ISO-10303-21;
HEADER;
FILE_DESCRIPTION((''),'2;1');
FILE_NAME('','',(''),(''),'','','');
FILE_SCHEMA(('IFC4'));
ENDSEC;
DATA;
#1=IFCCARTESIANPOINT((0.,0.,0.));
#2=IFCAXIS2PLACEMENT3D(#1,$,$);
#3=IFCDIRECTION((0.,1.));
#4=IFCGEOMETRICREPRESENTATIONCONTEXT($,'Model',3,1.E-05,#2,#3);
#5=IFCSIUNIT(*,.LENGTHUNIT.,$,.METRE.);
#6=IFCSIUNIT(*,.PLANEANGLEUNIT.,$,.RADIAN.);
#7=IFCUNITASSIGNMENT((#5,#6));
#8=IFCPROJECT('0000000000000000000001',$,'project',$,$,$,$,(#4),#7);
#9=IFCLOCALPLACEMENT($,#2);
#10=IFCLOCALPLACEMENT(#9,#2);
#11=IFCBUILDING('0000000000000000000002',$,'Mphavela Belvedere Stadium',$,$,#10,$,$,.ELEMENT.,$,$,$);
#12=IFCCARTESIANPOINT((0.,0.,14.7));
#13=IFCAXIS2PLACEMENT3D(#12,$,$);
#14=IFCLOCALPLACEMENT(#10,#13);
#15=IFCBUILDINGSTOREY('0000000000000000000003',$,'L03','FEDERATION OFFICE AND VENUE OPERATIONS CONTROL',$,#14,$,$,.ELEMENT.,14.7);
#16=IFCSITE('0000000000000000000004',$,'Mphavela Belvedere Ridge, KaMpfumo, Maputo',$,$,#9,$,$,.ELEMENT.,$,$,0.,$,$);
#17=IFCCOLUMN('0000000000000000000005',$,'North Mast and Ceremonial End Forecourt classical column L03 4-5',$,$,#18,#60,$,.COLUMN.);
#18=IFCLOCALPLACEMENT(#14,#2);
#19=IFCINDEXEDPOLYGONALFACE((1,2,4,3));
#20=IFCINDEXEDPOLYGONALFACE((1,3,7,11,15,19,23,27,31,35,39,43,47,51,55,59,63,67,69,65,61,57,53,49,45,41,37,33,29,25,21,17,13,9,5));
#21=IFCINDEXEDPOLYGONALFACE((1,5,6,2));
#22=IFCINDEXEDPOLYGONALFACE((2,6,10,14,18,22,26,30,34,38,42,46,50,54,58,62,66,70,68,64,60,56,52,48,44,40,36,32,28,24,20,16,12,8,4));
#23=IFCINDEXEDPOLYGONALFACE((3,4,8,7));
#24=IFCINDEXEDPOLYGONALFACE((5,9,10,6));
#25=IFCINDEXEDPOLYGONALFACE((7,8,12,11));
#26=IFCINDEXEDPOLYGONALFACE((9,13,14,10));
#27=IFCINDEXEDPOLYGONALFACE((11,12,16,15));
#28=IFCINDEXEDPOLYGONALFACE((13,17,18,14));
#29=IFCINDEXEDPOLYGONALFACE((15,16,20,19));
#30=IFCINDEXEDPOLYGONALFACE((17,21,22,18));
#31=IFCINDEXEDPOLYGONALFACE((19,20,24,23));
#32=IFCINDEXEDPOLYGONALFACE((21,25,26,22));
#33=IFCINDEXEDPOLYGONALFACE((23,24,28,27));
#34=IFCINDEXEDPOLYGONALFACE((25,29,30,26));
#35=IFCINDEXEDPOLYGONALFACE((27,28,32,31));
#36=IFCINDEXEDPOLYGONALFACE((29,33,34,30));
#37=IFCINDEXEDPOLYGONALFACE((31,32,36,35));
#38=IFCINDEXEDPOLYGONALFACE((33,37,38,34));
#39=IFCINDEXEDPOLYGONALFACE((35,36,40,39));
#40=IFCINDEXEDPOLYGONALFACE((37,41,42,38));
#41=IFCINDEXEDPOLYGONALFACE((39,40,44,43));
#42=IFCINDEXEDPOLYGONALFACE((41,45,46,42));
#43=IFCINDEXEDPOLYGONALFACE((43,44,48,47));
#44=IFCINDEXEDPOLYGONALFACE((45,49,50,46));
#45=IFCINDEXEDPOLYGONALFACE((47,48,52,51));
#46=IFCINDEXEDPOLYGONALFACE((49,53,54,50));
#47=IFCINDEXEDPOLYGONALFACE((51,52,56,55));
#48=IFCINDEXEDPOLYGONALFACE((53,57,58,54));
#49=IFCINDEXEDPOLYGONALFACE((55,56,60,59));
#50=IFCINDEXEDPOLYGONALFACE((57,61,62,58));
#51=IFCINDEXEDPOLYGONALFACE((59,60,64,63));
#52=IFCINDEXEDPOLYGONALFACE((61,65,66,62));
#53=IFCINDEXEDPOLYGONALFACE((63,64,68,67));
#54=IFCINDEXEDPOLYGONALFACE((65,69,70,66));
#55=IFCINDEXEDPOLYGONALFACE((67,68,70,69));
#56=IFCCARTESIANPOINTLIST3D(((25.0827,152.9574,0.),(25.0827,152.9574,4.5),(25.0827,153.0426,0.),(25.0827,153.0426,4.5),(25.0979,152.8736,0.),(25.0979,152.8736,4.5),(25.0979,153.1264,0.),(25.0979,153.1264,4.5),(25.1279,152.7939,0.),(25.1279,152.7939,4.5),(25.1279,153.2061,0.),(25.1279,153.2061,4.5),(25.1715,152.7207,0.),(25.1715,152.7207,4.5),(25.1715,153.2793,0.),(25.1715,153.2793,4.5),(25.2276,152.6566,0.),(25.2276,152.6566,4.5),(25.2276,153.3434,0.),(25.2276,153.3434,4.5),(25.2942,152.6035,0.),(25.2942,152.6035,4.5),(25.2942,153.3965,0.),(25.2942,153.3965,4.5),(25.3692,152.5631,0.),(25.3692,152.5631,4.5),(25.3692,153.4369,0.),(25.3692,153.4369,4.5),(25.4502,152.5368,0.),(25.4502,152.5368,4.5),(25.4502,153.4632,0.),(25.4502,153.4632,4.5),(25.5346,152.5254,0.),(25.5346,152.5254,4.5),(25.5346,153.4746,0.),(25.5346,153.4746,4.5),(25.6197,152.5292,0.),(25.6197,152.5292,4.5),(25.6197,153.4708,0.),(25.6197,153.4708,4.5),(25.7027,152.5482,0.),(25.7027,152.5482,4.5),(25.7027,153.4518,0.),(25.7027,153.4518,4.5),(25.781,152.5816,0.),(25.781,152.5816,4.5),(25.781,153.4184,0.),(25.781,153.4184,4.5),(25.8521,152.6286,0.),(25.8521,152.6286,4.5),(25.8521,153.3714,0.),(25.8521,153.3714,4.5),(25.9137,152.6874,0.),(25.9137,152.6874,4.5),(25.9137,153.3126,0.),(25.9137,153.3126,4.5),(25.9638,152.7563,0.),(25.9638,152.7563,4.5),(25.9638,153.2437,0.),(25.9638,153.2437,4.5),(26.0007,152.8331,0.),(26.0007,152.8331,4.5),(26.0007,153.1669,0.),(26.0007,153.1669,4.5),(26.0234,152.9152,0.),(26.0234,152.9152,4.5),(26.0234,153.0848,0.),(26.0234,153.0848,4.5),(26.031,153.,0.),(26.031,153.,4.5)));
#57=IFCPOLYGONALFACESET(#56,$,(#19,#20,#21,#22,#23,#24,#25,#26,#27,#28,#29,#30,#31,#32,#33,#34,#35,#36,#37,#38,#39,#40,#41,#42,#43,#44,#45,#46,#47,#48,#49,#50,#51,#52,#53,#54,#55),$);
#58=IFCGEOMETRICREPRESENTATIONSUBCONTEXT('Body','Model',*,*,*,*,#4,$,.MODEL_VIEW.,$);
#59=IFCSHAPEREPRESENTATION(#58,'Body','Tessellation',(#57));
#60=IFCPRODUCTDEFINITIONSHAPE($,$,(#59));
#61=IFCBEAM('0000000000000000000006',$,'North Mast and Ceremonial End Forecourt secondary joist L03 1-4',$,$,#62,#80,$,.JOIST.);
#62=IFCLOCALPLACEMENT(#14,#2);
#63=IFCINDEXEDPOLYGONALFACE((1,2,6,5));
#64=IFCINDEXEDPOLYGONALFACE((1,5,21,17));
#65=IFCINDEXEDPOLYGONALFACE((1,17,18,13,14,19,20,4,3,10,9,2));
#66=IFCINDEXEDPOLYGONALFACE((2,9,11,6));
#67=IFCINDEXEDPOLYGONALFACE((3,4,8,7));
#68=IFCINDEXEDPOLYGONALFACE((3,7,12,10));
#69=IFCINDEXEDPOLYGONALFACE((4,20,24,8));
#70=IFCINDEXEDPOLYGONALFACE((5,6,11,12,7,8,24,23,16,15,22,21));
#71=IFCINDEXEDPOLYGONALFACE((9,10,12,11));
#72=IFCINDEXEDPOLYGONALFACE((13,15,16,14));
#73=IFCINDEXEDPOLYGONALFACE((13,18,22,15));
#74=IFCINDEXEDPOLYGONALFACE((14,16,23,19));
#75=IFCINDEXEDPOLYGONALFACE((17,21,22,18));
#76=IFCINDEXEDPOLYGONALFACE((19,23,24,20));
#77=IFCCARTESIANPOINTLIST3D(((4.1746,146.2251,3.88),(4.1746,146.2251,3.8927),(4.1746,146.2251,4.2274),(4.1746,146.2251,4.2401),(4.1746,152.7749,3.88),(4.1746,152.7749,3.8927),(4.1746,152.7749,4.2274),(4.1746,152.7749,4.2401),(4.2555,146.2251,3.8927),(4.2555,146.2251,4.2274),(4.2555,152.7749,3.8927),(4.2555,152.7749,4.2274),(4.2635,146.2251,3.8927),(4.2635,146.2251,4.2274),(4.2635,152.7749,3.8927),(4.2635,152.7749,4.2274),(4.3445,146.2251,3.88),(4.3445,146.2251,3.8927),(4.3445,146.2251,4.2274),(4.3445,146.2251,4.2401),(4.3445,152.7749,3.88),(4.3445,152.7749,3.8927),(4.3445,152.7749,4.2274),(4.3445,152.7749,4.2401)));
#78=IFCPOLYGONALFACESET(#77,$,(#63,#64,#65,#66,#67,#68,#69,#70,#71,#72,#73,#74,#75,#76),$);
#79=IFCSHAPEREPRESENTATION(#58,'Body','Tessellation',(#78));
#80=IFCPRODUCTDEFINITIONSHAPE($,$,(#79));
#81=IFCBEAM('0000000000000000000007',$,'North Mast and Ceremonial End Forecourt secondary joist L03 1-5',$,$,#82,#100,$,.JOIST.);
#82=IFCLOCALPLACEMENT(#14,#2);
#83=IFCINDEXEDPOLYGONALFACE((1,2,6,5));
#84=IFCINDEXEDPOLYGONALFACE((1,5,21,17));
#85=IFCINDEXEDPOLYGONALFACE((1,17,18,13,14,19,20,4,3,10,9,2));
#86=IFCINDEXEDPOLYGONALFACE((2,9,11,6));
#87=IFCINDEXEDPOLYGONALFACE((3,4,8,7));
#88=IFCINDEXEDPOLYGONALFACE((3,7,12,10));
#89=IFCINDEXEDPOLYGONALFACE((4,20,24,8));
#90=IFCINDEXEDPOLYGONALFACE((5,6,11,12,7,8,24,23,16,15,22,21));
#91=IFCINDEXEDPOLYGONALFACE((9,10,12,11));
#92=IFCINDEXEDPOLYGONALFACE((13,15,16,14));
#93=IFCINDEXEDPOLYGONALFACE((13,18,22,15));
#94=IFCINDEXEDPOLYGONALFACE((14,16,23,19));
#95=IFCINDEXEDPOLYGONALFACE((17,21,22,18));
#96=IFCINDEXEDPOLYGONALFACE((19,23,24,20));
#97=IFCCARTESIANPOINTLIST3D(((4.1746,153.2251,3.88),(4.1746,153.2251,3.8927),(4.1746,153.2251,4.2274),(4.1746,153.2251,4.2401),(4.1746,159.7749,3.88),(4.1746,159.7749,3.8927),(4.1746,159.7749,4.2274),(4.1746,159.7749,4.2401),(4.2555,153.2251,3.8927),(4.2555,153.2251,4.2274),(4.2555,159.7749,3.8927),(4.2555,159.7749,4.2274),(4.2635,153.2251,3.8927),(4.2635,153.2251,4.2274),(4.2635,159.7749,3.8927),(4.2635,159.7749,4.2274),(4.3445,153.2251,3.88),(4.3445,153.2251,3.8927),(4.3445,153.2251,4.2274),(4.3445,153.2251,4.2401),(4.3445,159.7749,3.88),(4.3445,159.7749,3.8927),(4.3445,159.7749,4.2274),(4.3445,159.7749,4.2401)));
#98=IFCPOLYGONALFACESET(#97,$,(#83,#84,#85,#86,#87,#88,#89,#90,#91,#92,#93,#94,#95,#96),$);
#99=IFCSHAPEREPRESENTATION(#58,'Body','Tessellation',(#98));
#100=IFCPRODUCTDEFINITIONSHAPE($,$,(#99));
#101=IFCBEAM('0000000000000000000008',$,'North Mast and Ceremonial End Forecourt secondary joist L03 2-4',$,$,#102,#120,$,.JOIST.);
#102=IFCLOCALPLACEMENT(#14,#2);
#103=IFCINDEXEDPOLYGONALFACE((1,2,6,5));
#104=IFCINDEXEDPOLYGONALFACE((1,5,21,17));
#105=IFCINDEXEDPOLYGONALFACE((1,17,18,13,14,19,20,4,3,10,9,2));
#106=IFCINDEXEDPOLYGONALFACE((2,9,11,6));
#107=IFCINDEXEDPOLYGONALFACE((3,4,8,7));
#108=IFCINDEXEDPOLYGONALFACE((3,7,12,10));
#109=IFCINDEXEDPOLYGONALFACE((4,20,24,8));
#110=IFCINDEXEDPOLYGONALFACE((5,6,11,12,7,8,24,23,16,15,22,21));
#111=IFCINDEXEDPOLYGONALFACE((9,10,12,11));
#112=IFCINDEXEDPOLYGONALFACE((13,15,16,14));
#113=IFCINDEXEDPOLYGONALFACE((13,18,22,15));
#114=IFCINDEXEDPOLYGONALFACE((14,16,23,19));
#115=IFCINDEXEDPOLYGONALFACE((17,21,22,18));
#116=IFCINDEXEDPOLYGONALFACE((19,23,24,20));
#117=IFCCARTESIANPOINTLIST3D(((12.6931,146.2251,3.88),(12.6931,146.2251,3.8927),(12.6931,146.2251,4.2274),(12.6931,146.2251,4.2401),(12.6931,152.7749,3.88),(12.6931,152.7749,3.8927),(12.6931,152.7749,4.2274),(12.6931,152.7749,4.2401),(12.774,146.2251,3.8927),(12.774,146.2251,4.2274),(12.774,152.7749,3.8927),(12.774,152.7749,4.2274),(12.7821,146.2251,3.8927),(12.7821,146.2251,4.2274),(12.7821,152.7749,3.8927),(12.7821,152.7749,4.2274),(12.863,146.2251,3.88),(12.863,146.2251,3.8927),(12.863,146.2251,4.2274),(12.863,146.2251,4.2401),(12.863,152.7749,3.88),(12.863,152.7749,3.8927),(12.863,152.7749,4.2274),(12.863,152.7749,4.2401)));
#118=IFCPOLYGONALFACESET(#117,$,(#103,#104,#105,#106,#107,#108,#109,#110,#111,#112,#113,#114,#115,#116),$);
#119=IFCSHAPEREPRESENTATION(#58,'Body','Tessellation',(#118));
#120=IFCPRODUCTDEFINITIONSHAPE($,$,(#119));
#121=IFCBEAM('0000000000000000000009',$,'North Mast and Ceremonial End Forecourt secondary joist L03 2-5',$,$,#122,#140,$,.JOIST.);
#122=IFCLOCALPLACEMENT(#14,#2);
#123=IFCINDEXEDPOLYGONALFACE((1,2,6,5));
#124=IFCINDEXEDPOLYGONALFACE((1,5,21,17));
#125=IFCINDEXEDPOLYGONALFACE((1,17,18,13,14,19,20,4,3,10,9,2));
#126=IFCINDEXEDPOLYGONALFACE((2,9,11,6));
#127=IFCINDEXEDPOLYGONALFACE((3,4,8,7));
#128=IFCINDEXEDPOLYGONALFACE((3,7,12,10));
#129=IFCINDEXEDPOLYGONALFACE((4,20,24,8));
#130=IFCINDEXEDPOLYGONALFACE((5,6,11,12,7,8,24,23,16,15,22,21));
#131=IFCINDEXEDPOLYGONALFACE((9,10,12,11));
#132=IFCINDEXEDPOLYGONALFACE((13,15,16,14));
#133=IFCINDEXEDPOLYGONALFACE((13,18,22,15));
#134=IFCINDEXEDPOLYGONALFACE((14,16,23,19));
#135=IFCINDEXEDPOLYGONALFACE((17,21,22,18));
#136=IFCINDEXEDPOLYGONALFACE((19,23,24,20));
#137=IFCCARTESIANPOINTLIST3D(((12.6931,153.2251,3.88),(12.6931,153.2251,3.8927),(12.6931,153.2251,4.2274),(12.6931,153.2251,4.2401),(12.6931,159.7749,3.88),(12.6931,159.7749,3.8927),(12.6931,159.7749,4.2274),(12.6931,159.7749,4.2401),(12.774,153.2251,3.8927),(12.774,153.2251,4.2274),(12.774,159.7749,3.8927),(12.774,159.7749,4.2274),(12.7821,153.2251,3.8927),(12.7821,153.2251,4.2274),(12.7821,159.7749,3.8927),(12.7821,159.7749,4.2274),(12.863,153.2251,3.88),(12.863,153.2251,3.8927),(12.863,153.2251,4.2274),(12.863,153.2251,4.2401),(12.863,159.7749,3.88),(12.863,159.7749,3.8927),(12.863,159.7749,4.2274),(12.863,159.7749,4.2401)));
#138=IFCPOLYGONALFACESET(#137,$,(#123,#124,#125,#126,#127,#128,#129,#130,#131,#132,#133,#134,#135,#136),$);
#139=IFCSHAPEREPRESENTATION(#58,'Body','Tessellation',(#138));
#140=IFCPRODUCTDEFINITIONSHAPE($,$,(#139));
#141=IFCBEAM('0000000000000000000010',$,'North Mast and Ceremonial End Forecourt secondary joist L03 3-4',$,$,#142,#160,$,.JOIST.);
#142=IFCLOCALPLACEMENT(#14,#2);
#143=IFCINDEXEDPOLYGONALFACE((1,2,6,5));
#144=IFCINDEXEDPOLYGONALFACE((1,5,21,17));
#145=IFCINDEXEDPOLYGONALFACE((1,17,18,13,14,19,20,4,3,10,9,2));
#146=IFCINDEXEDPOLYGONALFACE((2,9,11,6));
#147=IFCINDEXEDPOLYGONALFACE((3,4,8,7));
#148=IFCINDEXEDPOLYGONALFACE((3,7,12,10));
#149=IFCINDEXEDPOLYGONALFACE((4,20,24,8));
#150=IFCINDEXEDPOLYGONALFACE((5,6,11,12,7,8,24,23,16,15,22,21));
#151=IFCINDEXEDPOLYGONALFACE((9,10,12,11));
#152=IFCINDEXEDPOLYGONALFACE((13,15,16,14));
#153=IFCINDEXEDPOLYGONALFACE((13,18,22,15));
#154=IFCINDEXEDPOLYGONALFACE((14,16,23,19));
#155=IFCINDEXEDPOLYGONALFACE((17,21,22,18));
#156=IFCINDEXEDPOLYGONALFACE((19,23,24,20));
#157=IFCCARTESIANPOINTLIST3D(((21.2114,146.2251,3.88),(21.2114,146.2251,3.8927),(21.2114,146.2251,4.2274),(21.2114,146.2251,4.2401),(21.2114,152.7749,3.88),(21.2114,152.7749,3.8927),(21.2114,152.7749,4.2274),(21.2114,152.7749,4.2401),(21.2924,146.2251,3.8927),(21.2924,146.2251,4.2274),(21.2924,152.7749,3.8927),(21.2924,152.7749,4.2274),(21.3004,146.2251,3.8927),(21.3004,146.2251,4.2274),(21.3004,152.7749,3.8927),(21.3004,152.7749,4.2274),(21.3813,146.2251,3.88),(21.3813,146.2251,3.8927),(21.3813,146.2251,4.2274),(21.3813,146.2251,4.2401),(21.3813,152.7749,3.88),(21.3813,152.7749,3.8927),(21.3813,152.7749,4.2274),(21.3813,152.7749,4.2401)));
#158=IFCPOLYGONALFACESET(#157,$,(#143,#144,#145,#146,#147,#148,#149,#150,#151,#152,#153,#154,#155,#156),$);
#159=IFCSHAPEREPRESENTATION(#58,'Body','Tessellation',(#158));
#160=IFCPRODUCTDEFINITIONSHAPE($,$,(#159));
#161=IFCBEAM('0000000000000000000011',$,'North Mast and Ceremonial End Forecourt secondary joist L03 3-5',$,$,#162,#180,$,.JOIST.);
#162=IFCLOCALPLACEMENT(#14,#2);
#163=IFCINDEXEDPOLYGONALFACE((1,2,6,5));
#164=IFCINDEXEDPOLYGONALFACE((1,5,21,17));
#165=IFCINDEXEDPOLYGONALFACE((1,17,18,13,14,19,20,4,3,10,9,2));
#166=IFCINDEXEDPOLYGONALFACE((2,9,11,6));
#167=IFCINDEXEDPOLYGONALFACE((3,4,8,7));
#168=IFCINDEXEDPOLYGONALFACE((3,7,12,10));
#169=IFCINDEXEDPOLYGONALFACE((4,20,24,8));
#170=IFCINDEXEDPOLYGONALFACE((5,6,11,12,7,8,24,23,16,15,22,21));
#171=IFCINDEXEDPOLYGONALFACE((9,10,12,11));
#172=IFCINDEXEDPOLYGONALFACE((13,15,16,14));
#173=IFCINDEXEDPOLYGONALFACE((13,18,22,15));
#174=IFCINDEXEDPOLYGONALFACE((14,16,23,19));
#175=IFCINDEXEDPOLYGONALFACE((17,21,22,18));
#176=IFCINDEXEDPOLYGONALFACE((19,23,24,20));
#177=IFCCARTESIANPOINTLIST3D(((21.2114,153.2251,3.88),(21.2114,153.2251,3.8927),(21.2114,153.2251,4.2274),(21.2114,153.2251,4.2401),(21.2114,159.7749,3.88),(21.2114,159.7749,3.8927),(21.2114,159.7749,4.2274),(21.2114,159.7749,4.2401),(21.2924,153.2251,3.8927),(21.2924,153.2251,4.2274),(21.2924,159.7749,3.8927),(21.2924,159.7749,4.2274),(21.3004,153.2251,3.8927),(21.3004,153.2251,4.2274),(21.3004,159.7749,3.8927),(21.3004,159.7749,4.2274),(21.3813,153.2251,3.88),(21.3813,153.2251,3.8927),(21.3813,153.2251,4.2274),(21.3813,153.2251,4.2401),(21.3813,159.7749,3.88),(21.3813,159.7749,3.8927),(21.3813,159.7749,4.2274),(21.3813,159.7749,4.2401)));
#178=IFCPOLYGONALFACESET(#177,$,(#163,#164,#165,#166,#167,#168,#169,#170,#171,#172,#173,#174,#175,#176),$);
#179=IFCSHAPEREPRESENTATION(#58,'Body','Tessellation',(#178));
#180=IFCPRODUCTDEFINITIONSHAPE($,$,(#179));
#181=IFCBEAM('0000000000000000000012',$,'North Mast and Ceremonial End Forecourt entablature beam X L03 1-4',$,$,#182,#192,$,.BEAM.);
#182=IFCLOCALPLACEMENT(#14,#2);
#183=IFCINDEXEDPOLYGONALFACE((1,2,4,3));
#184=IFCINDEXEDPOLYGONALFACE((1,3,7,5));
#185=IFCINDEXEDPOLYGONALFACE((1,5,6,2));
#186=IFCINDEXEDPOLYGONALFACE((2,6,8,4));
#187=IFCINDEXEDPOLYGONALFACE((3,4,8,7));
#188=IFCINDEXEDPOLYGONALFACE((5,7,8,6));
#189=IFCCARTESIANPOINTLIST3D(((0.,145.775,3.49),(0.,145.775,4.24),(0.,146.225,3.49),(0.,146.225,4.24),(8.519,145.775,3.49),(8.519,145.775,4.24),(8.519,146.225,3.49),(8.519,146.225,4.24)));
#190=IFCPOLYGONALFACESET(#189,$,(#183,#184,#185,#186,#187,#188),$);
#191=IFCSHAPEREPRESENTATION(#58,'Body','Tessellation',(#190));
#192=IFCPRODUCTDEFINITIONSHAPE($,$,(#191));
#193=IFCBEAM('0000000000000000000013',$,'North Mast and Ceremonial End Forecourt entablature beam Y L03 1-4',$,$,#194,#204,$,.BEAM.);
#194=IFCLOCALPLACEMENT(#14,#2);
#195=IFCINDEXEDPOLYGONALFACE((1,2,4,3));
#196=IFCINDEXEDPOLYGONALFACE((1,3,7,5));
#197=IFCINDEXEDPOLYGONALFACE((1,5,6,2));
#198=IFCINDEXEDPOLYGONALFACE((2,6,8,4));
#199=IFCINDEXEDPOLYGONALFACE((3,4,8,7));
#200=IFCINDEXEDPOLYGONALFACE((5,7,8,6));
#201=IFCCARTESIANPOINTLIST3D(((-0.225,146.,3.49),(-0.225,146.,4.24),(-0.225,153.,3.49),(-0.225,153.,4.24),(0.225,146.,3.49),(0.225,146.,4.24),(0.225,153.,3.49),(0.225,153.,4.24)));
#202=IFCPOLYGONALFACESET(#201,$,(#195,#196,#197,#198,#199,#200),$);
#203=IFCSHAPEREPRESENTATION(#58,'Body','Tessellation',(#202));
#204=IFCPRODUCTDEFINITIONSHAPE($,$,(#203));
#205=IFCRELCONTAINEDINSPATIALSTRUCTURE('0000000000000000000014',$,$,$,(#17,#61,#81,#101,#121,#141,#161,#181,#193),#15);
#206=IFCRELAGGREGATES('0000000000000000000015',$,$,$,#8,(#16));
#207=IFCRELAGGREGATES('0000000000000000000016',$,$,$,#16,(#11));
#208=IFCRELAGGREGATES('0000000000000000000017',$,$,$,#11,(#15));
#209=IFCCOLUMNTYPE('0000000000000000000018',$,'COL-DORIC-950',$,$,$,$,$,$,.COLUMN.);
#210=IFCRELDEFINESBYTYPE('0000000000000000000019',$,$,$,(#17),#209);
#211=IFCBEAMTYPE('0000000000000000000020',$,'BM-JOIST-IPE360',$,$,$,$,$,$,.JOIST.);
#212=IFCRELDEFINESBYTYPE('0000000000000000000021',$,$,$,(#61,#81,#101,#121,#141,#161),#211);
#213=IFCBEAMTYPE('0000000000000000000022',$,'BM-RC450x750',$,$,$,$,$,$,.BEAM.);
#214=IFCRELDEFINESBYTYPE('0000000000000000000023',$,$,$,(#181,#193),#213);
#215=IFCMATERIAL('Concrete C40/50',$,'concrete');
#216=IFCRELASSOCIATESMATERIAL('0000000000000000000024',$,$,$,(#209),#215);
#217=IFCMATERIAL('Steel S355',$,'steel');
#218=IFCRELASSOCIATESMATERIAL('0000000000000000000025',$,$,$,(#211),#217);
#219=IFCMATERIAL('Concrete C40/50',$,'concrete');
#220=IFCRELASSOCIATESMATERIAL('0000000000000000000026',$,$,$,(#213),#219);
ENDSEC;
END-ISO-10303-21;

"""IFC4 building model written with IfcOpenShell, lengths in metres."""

from ifc_helpers import new_model, si_unit, direction, frame, origin, origin_2d, place, context, subcontext, project, spatial, rectangle, circle, i_section, extrude, material, material_profile, profile_set, type_object, element, save


model = new_model("IFC4")

# Units and contexts
model_context = context("Model", 3, precision=1e-05, world=origin(), true_north=direction((0.0, 1.0)))
body_context = subcontext(model_context, "Body", "Model", "MODEL_VIEW")
ifc_project = project(units=[si_unit("LENGTHUNIT", "METRE"), si_unit("PLANEANGLEUNIT", "RADIAN")], contexts=[model_context])

# Site, building, storey
site_placement = place(None, origin())
site = spatial("IfcSite", under=ifc_project, at=site_placement, Name="Mphavela Belvedere Ridge, KaMpfumo, Maputo", CompositionType="ELEMENT", RefElevation=0.0)
building_placement = place(site_placement, origin())
building = spatial("IfcBuilding", under=site, at=building_placement, Name="Mphavela Belvedere Stadium", CompositionType="ELEMENT")
storey_placement = place(building_placement, frame((0.0, 0.0, 14.7)))
storey = spatial("IfcBuildingStorey", under=building, at=storey_placement, Name="L03", Description="FEDERATION OFFICE AND VENUE OPERATIONS CONTROL", CompositionType="ELEMENT", Elevation=14.7)

# Column
ifc_material_1 = material(Name="Concrete C40/50", Category="concrete")
ifc_material_profile_1 = material_profile(ifc_material_1, circle(Radius=0.4751, at=origin_2d()), Name="COL D950")
ifc_profile_set_1 = profile_set([ifc_material_profile_1], Name="Concrete C40/50")
column_type = type_object("IfcColumnType", Name="COL-DORIC-950", PredefinedType="COLUMN", material=ifc_profile_set_1)
for number, where, z_axis, x_axis, name in (
    (1, (25.5559, 153.0, 0.0), (0.0, 0.0, 1.0), (1.0, 0.0, 0.0), "North Mast and Ceremonial End Forecourt classical column L03 4-5"),
):
    element("IfcColumn", number, at=place(storey_placement, frame(where, z_axis=z_axis, x_axis=x_axis)), inside=storey, type_object=column_type, Name=name, PredefinedType="COLUMN", context=body_context, shape_type="SweptSolid", body=[
        extrude(circle(Radius=0.4751, at=origin_2d()), origin(), (0.0, 0.0, 1.0), 4.5),
    ])

# Beams
ifc_material_2 = material(Name="Steel S355", Category="steel")
ifc_material_profile_2 = material_profile(ifc_material_2, i_section(OverallWidth=0.1699, OverallDepth=0.3601, WebThickness=0.0081, FlangeThickness=0.0127, at=origin_2d()), Name="IPE 360")
ifc_profile_set_2 = profile_set([ifc_material_profile_2], Name="Steel S355")
beam_type_1 = type_object("IfcBeamType", Name="BM-JOIST-IPE360", PredefinedType="JOIST", material=ifc_profile_set_2)
for number, where, z_axis, x_axis, name in (
    (2, (4.2595, 146.2251, 4.0601), (0.0, 1.0, 0.0), (-1.0, 0.0, 0.0), "North Mast and Ceremonial End Forecourt secondary joist L03 1-4"),
    (3, (4.2595, 153.2251, 4.0601), (0.0, 1.0, 0.0), (-1.0, 0.0, 0.0), "North Mast and Ceremonial End Forecourt secondary joist L03 1-5"),
    (4, (12.7781, 146.2251, 4.0601), (0.0, 1.0, 0.0), (-1.0, 0.0, 0.0), "North Mast and Ceremonial End Forecourt secondary joist L03 2-4"),
    (5, (12.7781, 153.2251, 4.0601), (0.0, 1.0, 0.0), (-1.0, 0.0, 0.0), "North Mast and Ceremonial End Forecourt secondary joist L03 2-5"),
    (6, (21.2964, 146.2251, 4.0601), (0.0, 1.0, 0.0), (-1.0, 0.0, 0.0), "North Mast and Ceremonial End Forecourt secondary joist L03 3-4"),
    (7, (21.2964, 153.2251, 4.0601), (0.0, 1.0, 0.0), (-1.0, 0.0, 0.0), "North Mast and Ceremonial End Forecourt secondary joist L03 3-5"),
):
    element("IfcBeam", number, at=place(storey_placement, frame(where, z_axis=z_axis, x_axis=x_axis)), inside=storey, type_object=beam_type_1, Name=name, PredefinedType="JOIST", context=body_context, shape_type="SweptSolid", body=[
        extrude(i_section(OverallWidth=0.1699, OverallDepth=0.3601, WebThickness=0.0081, FlangeThickness=0.0127, at=origin_2d()), origin(), (0.0, 0.0, 1.0), 6.5498),
    ])
ifc_material_3 = material(Name="Concrete C40/50", Category="concrete")
ifc_material_profile_3 = material_profile(ifc_material_3, rectangle(XDim=0.45, YDim=0.75, at=origin_2d()), Name="RC 450x750")
ifc_profile_set_3 = profile_set([ifc_material_profile_3], Name="Concrete C40/50")
beam_type_2 = type_object("IfcBeamType", Name="BM-RC450x750", PredefinedType="BEAM", material=ifc_profile_set_3)
beam_1_placement = place(storey_placement, frame((0.0, 146.0, 3.865), z_axis=(1.0, 0.0, 0.0), x_axis=(0.0, 1.0, 0.0)))
element("IfcBeam", 8, at=beam_1_placement, inside=storey, type_object=beam_type_2, Name="North Mast and Ceremonial End Forecourt entablature beam X L03 1-4", PredefinedType="BEAM", context=body_context, shape_type="SweptSolid", body=[
    extrude(rectangle(XDim=0.45, YDim=0.75, at=origin_2d()), origin(), (0.0, 0.0, 1.0), 8.519),
])
beam_2_placement = place(storey_placement, frame((0.0, 146.0, 3.865), z_axis=(0.0, 1.0, 0.0), x_axis=(-1.0, 0.0, 0.0)))
element("IfcBeam", 9, at=beam_2_placement, inside=storey, type_object=beam_type_2, Name="North Mast and Ceremonial End Forecourt entablature beam Y L03 1-4", PredefinedType="BEAM", context=body_context, shape_type="SweptSolid", body=[
    extrude(rectangle(XDim=0.45, YDim=0.75, at=origin_2d()), origin(), (0.0, 0.0, 1.0), 7.0),
])

save(model, "model.ifc")
